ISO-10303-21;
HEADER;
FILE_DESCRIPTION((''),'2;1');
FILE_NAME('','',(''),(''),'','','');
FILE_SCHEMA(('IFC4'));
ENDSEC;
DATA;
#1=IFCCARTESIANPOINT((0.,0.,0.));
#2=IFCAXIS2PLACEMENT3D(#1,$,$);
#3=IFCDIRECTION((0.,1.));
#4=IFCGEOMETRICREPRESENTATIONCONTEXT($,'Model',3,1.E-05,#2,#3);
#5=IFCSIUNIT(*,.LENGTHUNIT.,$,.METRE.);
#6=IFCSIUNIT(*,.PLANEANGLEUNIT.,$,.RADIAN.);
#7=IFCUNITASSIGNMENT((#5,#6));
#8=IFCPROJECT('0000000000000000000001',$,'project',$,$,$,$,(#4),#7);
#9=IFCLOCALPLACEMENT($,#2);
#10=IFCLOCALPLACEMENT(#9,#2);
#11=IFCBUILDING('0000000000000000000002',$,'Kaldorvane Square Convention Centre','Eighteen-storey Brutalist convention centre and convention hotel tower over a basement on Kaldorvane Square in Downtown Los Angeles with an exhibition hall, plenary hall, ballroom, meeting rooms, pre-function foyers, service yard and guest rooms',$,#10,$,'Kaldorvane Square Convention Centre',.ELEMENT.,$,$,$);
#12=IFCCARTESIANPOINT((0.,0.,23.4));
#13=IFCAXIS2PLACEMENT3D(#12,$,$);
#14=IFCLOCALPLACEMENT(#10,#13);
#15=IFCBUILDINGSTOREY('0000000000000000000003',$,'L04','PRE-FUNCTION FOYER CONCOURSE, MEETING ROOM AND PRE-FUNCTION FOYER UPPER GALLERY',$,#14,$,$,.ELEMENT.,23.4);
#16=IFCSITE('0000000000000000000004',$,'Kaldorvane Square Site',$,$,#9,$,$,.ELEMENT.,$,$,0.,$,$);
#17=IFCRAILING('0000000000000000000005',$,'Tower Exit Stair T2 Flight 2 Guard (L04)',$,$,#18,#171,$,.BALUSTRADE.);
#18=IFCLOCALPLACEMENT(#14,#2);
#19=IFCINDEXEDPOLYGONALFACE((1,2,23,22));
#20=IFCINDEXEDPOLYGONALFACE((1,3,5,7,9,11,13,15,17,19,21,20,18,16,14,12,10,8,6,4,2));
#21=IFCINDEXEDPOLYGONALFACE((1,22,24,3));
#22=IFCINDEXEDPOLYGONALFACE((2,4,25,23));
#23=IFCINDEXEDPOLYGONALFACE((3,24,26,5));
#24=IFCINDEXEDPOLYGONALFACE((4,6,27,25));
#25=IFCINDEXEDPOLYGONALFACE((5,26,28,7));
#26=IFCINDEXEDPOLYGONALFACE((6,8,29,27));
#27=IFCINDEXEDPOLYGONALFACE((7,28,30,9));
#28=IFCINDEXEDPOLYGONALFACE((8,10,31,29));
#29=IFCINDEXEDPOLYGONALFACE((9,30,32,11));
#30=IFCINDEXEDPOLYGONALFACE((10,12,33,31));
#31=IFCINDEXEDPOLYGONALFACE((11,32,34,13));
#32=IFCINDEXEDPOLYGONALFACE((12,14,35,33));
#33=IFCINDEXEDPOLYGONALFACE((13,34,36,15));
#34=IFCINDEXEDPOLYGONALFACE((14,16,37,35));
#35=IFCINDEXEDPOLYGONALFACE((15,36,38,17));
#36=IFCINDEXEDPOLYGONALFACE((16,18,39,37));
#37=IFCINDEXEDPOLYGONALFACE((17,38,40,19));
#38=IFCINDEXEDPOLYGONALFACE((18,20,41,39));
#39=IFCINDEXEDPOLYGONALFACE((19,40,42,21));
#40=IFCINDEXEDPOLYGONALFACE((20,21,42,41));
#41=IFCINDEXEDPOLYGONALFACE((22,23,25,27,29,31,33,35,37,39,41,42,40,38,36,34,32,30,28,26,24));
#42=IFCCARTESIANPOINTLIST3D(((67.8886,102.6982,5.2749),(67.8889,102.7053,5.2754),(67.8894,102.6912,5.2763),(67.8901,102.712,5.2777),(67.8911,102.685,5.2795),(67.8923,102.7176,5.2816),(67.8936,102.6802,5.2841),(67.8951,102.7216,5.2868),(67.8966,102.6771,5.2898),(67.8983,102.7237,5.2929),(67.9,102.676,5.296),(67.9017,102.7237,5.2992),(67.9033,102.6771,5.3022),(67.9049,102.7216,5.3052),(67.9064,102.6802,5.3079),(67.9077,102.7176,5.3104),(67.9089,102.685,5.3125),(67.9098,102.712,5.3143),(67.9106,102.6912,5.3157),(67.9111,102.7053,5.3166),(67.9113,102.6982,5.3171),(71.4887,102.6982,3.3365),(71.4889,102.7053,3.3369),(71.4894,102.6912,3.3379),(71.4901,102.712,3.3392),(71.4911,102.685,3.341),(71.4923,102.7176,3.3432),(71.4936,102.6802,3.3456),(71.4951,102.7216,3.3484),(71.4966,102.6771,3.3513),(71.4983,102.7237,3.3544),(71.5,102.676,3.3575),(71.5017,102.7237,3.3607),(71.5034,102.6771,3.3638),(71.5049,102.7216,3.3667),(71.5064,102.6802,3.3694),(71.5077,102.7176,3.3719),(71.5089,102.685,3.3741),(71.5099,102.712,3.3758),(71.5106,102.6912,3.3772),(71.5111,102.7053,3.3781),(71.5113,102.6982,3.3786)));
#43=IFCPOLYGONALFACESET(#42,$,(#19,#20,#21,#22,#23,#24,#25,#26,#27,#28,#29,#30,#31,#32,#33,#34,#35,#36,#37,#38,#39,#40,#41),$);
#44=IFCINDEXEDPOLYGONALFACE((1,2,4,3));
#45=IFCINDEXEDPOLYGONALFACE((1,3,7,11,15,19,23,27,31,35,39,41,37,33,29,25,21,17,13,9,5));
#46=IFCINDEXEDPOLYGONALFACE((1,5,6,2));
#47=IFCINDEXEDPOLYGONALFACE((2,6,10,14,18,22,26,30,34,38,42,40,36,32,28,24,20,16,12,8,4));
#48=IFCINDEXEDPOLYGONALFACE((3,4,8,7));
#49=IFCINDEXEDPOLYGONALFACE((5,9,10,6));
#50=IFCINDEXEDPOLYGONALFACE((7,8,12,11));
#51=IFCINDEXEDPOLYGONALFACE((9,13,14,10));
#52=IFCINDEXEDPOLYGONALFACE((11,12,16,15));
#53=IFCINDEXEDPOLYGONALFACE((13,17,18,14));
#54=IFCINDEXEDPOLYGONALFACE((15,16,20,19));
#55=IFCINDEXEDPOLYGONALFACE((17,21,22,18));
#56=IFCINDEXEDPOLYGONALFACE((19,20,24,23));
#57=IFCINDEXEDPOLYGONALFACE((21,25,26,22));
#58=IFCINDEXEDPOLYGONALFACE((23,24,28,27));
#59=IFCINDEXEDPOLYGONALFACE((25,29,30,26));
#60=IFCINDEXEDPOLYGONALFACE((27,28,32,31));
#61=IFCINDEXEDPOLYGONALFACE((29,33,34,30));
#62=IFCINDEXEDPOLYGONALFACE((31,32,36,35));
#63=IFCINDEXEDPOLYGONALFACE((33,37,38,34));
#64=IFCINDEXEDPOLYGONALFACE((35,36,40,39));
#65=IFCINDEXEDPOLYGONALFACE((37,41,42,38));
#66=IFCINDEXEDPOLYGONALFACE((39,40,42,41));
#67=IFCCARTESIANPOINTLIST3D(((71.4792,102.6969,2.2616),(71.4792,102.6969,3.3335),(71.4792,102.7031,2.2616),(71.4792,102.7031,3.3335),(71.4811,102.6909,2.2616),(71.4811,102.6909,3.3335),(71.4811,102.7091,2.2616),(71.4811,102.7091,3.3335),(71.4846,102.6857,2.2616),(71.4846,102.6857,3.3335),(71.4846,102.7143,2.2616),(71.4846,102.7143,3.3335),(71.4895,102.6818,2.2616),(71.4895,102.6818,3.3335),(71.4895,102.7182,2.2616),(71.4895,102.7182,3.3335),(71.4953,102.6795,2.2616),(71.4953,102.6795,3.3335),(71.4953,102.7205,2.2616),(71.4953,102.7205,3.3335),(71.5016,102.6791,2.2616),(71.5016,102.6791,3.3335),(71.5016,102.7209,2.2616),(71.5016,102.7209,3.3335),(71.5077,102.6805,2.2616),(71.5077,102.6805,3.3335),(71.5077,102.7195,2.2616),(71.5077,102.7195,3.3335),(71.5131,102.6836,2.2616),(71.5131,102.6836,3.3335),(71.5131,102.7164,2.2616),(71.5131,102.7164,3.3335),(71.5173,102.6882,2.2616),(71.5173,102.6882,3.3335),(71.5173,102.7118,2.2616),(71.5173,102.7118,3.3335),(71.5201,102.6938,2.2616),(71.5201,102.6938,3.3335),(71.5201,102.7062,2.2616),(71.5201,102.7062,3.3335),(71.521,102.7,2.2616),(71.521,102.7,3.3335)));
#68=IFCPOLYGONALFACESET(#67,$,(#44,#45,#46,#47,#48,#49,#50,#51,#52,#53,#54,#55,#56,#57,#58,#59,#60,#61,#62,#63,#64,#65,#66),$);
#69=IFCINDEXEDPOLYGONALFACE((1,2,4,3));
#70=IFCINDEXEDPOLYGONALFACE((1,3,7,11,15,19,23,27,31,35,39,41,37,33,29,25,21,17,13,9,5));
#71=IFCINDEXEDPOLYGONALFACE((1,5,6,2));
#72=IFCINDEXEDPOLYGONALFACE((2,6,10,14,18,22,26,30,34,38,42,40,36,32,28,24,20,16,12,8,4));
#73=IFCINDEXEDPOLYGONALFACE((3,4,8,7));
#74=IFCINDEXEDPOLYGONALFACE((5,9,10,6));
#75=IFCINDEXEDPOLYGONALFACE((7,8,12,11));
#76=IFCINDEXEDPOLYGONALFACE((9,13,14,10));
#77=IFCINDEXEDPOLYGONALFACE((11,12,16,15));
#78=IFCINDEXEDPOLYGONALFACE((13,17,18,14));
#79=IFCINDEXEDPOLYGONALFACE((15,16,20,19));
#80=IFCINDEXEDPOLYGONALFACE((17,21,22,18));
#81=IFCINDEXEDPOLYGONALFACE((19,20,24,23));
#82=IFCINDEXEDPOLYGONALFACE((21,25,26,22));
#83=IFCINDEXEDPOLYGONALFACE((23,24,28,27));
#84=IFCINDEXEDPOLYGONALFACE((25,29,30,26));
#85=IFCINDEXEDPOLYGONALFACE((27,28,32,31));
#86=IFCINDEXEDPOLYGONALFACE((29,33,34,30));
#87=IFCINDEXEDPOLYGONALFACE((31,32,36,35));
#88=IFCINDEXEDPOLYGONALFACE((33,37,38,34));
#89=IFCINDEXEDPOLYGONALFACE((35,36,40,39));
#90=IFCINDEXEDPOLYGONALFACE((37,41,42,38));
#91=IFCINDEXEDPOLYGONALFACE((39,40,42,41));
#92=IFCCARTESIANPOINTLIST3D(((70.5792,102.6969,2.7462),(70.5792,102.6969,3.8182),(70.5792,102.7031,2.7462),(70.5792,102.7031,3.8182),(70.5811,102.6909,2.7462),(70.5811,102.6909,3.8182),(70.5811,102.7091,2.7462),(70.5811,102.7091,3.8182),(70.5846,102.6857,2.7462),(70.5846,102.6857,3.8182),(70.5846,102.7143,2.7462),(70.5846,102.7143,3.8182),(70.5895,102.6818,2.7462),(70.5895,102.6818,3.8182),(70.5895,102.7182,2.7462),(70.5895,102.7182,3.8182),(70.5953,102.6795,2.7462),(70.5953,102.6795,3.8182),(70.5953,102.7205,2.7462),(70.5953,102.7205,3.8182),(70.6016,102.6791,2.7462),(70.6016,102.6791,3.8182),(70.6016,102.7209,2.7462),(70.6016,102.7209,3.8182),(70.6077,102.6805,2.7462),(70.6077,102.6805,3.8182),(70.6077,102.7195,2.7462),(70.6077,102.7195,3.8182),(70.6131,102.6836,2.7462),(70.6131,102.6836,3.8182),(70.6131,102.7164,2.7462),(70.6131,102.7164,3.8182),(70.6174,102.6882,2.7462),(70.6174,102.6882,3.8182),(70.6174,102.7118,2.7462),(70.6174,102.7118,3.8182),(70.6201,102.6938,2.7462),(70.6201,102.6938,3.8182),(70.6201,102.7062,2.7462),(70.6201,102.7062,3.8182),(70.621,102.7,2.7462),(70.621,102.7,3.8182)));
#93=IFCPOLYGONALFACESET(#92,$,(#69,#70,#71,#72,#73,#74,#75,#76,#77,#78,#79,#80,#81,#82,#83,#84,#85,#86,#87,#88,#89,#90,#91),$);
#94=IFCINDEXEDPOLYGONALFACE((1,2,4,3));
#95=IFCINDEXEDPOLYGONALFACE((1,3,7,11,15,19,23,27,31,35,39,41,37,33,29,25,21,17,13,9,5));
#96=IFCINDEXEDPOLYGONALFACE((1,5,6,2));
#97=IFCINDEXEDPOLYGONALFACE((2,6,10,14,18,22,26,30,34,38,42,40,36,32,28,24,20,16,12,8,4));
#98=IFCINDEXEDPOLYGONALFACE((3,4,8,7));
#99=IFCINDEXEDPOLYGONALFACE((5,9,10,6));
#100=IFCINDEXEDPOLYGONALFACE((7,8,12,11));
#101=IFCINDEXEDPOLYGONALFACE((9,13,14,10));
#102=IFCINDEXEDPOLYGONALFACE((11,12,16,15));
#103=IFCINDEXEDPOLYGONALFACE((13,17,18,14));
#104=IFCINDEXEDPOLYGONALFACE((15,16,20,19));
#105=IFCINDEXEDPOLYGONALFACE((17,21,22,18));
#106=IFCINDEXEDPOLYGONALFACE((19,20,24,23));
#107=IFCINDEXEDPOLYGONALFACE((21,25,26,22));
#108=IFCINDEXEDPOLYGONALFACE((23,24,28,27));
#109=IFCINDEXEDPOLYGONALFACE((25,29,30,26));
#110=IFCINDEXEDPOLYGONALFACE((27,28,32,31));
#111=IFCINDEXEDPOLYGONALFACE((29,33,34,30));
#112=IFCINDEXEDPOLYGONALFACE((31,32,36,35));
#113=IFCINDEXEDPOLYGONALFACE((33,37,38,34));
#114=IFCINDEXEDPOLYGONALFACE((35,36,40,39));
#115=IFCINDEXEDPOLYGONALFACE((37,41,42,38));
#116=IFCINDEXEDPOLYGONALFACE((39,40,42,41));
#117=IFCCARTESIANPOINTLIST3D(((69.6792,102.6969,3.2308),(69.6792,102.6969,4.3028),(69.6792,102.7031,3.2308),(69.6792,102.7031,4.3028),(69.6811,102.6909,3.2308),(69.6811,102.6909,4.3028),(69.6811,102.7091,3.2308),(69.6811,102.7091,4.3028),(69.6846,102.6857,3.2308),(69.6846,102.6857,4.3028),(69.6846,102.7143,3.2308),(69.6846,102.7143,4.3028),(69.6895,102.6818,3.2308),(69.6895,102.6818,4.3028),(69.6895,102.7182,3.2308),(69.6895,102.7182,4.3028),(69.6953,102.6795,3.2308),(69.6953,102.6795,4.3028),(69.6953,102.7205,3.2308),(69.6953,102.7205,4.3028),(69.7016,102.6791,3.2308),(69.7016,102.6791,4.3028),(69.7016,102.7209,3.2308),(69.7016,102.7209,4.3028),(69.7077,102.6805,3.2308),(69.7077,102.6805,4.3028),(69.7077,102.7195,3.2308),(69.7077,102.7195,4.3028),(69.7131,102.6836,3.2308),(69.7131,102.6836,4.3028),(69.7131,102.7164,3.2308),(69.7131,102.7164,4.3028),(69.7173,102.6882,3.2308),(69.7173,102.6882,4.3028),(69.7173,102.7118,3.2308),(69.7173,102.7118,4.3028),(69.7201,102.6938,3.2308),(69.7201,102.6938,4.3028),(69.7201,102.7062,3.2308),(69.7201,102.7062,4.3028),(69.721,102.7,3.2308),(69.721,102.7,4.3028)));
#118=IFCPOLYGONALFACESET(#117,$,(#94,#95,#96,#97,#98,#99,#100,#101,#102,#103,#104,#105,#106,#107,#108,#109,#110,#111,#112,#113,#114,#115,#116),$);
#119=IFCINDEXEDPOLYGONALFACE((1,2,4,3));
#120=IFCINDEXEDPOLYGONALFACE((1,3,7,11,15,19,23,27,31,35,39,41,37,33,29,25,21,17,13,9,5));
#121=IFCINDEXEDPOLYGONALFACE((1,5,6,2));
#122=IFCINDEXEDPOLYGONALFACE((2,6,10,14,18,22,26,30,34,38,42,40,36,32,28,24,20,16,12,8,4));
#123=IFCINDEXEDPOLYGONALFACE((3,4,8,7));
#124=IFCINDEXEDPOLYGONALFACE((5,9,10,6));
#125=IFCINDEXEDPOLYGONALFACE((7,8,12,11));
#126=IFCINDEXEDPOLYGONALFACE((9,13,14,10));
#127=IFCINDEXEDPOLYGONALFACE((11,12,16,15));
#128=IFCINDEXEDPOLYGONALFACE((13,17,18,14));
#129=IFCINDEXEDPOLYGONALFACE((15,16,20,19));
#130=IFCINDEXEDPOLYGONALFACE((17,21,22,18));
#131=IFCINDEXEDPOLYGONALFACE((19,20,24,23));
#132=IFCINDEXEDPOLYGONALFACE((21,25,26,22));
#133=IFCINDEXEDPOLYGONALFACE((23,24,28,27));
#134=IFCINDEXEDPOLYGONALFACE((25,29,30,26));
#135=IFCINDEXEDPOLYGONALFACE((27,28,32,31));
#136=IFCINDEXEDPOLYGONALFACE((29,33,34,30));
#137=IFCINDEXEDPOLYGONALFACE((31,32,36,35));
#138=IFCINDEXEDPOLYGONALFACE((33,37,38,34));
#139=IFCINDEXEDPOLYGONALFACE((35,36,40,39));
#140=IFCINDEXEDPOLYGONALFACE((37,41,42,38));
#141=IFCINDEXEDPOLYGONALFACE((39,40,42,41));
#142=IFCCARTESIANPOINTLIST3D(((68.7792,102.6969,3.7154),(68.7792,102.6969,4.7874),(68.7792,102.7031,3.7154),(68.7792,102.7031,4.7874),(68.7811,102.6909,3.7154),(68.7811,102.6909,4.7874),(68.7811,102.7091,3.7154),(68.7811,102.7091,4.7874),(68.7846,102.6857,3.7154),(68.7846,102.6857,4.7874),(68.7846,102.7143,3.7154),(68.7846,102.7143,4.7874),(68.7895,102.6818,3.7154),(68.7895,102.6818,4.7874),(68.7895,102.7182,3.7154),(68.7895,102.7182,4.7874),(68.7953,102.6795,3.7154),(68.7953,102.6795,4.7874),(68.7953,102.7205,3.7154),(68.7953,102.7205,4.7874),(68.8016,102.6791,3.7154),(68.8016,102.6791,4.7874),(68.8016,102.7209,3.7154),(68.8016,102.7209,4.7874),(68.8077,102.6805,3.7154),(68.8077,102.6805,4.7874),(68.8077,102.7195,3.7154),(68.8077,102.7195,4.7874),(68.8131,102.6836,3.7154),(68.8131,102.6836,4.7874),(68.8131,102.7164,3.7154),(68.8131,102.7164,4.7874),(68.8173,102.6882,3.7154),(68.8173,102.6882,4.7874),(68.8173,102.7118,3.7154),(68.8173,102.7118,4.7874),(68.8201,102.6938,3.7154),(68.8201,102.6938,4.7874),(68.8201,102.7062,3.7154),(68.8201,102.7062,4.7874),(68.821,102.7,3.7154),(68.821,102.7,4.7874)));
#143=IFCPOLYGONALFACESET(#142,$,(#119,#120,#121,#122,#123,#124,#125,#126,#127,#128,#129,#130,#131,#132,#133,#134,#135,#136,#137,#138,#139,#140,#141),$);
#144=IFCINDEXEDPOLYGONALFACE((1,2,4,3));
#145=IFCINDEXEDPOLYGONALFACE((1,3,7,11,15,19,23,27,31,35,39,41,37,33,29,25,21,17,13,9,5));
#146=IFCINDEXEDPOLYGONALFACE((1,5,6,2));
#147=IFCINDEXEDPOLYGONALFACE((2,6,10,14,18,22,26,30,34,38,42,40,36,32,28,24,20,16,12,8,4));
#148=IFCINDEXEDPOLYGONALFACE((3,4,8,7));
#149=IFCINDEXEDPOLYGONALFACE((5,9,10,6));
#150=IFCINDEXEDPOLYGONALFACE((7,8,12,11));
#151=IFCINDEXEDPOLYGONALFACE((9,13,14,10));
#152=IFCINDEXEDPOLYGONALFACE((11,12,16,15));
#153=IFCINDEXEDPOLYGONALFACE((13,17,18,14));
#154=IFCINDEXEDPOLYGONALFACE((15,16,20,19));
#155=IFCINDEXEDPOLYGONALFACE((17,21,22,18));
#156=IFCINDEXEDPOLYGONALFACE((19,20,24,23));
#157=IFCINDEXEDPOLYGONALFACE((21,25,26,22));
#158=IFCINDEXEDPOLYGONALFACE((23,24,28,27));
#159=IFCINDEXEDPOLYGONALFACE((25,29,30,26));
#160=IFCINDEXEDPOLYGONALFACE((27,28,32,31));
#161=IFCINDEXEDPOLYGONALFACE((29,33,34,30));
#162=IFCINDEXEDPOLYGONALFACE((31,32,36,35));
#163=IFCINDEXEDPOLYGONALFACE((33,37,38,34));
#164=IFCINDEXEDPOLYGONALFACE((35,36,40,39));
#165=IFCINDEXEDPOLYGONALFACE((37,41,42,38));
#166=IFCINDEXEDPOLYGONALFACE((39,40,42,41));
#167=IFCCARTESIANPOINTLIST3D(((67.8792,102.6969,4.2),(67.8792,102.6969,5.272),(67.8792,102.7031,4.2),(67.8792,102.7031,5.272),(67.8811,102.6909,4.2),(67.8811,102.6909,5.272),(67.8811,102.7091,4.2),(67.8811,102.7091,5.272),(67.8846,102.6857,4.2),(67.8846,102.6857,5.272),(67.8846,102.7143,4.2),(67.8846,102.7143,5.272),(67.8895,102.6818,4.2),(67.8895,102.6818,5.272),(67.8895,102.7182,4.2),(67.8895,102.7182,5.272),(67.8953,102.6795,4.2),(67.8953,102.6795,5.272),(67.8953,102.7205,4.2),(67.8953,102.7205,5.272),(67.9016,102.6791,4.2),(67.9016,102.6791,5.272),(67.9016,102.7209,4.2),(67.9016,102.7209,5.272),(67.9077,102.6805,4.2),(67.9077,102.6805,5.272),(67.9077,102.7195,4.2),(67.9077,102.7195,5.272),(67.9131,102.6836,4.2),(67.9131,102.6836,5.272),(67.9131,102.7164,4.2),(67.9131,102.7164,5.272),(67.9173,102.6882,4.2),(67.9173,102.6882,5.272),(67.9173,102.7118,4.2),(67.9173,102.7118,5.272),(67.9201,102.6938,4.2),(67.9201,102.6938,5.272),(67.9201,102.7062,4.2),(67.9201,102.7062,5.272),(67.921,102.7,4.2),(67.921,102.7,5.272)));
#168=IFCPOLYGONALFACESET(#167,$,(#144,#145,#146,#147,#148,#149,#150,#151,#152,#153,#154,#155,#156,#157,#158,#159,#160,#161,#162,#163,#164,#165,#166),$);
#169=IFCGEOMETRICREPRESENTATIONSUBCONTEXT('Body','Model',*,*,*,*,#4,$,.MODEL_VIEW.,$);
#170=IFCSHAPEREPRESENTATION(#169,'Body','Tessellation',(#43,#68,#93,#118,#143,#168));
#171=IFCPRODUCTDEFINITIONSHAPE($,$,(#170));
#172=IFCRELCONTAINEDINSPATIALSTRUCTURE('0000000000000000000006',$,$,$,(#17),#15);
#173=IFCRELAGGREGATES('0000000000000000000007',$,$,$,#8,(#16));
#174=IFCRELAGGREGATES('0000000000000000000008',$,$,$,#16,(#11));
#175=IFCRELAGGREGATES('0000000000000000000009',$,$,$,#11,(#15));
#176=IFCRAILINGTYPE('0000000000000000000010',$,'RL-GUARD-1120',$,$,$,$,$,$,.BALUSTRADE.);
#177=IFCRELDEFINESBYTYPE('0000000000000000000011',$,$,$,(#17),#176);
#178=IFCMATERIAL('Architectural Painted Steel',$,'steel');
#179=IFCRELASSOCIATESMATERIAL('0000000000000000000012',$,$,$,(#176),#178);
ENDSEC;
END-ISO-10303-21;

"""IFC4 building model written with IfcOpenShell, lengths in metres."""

from ifc_helpers import new_model, si_unit, direction, frame, origin, origin_2d, place, context, subcontext, project, spatial, circle, extrude, material, type_object, element, save


model = new_model("IFC4")

# Units and contexts
model_context = context("Model", 3, precision=1e-05, world=origin(), true_north=direction((0.0, 1.0)))
body_context = subcontext(model_context, "Body", "Model", "MODEL_VIEW")
ifc_project = project(units=[si_unit("LENGTHUNIT", "METRE"), si_unit("PLANEANGLEUNIT", "RADIAN")], contexts=[model_context])

# Site, building, storey
site_placement = place(None, origin())
site = spatial("IfcSite", under=ifc_project, at=site_placement, Name="Kaldorvane Square Site", CompositionType="ELEMENT", RefElevation=0.0)
building_placement = place(site_placement, origin())
building = spatial("IfcBuilding", under=site, at=building_placement, Name="Kaldorvane Square Convention Centre", Description="Eighteen-storey Brutalist convention centre and convention hotel tower over a basement on Kaldorvane Square in Downtown Los Angeles with an exhibition hall, plenary hall, ballroom, meeting rooms, pre-function foyers, service yard and guest rooms", LongName="Kaldorvane Square Convention Centre", CompositionType="ELEMENT")
storey_placement = place(building_placement, frame((0.0, 0.0, 23.4)))
storey = spatial("IfcBuildingStorey", under=building, at=storey_placement, Name="L04", Description="PRE-FUNCTION FOYER CONCOURSE, MEETING ROOM AND PRE-FUNCTION FOYER UPPER GALLERY", CompositionType="ELEMENT", Elevation=23.4)

# Railing
ifc_material_1 = material(Name="Architectural Painted Steel", Category="steel")
railing_type_1 = type_object("IfcRailingType", Name="RL-GUARD-1120", PredefinedType="BALUSTRADE", material=ifc_material_1)
railing_1_placement = place(storey_placement, frame((71.5, 102.7, 2.2616)))
element("IfcRailing", 1, at=railing_1_placement, inside=storey, type_object=railing_type_1, Name="Tower Exit Stair T2 Flight 2 Guard (L04)", PredefinedType="BALUSTRADE", context=body_context, shape_type="SweptSolid", body=[
    extrude(circle(Radius=0.024, at=origin_2d()), frame((0.0, 0.0, 1.096), z_axis=(-0.880471, 0.0, 0.474099), x_axis=(0.0, -1.0, 0.0)), (0.0, 0.0, 1.0), 4.0887),
    extrude(circle(Radius=0.021, at=origin_2d()), origin(), (0.0, 0.0, 1.0), 1.072),
    extrude(circle(Radius=0.021, at=origin_2d()), frame((-0.9, 0.0, 0.4846)), (0.0, 0.0, 1.0), 1.072),
    extrude(circle(Radius=0.021, at=origin_2d()), frame((-1.8, 0.0, 0.9692)), (0.0, 0.0, 1.0), 1.072),
    extrude(circle(Radius=0.021, at=origin_2d()), frame((-2.7, 0.0, 1.4538)), (0.0, 0.0, 1.0), 1.072),
    extrude(circle(Radius=0.021, at=origin_2d()), frame((-3.6, 0.0, 1.9385)), (0.0, 0.0, 1.0), 1.072),
])

save(model, "model.ifc")
